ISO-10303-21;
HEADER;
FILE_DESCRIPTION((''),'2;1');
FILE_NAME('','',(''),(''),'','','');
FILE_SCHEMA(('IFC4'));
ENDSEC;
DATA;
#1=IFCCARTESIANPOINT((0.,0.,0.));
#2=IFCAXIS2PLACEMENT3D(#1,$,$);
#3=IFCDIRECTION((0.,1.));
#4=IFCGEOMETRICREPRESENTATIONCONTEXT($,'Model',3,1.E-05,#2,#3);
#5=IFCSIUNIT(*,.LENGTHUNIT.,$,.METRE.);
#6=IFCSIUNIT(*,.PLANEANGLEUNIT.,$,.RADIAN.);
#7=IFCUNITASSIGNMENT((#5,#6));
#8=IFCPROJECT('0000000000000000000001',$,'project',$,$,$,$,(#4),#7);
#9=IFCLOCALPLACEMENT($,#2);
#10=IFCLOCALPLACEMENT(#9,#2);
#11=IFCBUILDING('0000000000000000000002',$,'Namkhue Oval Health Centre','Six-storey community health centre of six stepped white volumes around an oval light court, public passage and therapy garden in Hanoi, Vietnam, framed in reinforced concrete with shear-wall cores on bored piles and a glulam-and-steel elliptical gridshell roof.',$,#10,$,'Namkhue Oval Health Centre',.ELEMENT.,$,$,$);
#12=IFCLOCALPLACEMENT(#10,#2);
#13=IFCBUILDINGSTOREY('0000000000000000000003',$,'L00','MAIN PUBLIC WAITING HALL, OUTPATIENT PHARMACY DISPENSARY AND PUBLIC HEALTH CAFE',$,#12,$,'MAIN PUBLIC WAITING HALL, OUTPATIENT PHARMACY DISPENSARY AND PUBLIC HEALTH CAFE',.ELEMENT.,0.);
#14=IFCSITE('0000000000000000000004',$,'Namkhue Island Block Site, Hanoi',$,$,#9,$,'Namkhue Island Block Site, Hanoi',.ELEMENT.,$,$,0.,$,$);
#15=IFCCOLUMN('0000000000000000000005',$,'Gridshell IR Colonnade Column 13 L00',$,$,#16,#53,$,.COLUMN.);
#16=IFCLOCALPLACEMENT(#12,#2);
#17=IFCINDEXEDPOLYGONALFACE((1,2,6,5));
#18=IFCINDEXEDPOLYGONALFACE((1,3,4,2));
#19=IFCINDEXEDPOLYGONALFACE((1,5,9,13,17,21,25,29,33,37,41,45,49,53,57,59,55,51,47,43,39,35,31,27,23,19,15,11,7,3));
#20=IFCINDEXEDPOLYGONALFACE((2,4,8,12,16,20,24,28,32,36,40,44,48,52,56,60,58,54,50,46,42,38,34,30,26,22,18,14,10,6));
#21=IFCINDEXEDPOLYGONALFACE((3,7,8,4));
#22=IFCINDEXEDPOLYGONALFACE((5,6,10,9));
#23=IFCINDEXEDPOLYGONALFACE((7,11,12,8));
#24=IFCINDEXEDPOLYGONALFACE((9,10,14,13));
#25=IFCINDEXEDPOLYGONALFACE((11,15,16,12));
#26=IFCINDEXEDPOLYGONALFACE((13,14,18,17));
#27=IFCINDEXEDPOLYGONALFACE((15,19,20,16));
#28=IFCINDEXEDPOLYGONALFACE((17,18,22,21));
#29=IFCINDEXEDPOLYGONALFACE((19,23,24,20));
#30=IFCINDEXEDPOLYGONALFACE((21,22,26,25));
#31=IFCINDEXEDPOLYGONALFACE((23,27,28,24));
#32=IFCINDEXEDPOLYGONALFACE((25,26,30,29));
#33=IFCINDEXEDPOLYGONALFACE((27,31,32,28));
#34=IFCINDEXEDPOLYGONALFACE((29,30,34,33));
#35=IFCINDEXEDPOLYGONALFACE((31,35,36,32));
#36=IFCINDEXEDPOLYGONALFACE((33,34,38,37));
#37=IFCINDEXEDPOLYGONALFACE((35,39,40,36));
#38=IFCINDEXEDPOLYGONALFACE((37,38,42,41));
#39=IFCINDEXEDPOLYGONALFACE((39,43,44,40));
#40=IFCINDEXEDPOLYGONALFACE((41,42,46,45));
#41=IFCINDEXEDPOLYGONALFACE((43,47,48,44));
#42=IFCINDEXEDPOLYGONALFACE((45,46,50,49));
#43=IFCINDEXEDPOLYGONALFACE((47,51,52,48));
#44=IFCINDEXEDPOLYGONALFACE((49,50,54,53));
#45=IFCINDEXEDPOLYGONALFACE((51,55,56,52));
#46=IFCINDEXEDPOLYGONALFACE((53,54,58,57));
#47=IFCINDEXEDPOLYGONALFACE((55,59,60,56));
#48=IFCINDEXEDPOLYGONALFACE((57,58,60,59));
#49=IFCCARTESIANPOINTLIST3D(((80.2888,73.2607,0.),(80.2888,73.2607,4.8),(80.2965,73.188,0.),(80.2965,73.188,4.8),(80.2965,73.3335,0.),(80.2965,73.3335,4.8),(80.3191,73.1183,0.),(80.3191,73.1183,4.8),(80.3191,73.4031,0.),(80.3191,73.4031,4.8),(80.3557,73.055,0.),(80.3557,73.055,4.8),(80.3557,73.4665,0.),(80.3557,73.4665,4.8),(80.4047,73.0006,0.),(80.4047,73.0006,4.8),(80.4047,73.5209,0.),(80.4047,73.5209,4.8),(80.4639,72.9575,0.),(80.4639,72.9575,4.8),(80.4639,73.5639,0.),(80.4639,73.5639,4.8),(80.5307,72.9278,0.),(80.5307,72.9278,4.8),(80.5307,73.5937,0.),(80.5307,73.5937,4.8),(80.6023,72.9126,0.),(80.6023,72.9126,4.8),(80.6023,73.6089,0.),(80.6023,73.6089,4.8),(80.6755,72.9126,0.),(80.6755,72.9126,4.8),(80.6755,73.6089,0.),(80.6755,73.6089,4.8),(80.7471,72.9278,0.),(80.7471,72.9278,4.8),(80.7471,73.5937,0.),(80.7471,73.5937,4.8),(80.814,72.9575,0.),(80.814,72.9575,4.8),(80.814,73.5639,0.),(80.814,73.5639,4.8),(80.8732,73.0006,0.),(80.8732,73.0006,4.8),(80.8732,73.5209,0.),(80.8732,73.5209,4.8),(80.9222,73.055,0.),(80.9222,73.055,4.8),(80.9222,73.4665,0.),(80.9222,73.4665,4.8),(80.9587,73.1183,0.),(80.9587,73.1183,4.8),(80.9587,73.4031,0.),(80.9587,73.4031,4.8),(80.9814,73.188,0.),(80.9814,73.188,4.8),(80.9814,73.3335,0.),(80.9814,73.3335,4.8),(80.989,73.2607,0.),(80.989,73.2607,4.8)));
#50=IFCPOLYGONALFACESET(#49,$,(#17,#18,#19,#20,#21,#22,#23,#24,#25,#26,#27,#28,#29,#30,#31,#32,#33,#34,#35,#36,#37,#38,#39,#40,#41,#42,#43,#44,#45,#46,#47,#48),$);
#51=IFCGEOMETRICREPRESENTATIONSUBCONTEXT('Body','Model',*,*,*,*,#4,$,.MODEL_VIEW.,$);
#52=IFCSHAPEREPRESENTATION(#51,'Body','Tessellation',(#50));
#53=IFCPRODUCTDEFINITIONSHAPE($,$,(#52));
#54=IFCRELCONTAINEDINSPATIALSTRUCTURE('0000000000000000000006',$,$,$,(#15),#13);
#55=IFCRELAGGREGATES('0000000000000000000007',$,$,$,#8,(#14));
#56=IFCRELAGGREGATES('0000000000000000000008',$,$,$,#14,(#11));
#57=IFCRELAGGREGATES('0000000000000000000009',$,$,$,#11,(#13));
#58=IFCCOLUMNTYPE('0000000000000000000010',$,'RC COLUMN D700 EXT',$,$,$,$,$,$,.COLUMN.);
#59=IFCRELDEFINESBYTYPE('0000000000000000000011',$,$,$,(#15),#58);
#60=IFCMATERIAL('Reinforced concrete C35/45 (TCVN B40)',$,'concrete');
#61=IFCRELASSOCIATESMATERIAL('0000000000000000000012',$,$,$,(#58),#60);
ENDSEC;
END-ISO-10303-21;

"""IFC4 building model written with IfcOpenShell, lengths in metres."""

from ifc_helpers import new_model, si_unit, direction, frame, origin, origin_2d, place, context, subcontext, project, spatial, circle, extrude, material, material_profile, profile_set, type_object, element, save


model = new_model("IFC4")

# Units and contexts
model_context = context("Model", 3, precision=1e-05, world=origin(), true_north=direction((0.0, 1.0)))
body_context = subcontext(model_context, "Body", "Model", "MODEL_VIEW")
ifc_project = project(units=[si_unit("LENGTHUNIT", "METRE"), si_unit("PLANEANGLEUNIT", "RADIAN")], contexts=[model_context])

# Site, building, storey
site_placement = place(None, origin())
site = spatial("IfcSite", under=ifc_project, at=site_placement, Name="Namkhue Island Block Site, Hanoi", LongName="Namkhue Island Block Site, Hanoi", CompositionType="ELEMENT", RefElevation=0.0)
building_placement = place(site_placement, origin())
building = spatial("IfcBuilding", under=site, at=building_placement, Name="Namkhue Oval Health Centre", Description="Six-storey community health centre of six stepped white volumes around an oval light court, public passage and therapy garden in Hanoi, Vietnam, framed in reinforced concrete with shear-wall cores on bored piles and a glulam-and-steel elliptical gridshell roof.", LongName="Namkhue Oval Health Centre", CompositionType="ELEMENT")
storey_placement = place(building_placement, origin())
storey = spatial("IfcBuildingStorey", under=building, at=storey_placement, Name="L00", Description="MAIN PUBLIC WAITING HALL, OUTPATIENT PHARMACY DISPENSARY AND PUBLIC HEALTH CAFE", LongName="MAIN PUBLIC WAITING HALL, OUTPATIENT PHARMACY DISPENSARY AND PUBLIC HEALTH CAFE", CompositionType="ELEMENT", Elevation=0.0)

# Column
ifc_material_1 = material(Name="Reinforced concrete C35/45 (TCVN B40)", Category="concrete")
ifc_material_profile_1 = material_profile(ifc_material_1, circle(Radius=0.3501, at=origin_2d()), Name="RC D700")
ifc_profile_set_1 = profile_set([ifc_material_profile_1], Name="Reinforced concrete C35/45 (TCVN B40)")
column_type = type_object("IfcColumnType", Name="RC COLUMN D700 EXT", PredefinedType="COLUMN", material=ifc_profile_set_1)
for number, where, z_axis, x_axis, name in (
    (1, (80.6389, 73.2607, 0.0), (0.0, 0.0, 1.0), (1.0, 0.0, 0.0), "Gridshell IR Colonnade Column 13 L00"),
):
    element("IfcColumn", number, at=place(storey_placement, frame(where, z_axis=z_axis, x_axis=x_axis)), inside=storey, type_object=column_type, Name=name, PredefinedType="COLUMN", context=body_context, shape_type="SweptSolid", body=[
        extrude(circle(Radius=0.3501, at=origin_2d()), origin(), (0.0, 0.0, 1.0), 4.8),
    ])

save(model, "model.ifc")
